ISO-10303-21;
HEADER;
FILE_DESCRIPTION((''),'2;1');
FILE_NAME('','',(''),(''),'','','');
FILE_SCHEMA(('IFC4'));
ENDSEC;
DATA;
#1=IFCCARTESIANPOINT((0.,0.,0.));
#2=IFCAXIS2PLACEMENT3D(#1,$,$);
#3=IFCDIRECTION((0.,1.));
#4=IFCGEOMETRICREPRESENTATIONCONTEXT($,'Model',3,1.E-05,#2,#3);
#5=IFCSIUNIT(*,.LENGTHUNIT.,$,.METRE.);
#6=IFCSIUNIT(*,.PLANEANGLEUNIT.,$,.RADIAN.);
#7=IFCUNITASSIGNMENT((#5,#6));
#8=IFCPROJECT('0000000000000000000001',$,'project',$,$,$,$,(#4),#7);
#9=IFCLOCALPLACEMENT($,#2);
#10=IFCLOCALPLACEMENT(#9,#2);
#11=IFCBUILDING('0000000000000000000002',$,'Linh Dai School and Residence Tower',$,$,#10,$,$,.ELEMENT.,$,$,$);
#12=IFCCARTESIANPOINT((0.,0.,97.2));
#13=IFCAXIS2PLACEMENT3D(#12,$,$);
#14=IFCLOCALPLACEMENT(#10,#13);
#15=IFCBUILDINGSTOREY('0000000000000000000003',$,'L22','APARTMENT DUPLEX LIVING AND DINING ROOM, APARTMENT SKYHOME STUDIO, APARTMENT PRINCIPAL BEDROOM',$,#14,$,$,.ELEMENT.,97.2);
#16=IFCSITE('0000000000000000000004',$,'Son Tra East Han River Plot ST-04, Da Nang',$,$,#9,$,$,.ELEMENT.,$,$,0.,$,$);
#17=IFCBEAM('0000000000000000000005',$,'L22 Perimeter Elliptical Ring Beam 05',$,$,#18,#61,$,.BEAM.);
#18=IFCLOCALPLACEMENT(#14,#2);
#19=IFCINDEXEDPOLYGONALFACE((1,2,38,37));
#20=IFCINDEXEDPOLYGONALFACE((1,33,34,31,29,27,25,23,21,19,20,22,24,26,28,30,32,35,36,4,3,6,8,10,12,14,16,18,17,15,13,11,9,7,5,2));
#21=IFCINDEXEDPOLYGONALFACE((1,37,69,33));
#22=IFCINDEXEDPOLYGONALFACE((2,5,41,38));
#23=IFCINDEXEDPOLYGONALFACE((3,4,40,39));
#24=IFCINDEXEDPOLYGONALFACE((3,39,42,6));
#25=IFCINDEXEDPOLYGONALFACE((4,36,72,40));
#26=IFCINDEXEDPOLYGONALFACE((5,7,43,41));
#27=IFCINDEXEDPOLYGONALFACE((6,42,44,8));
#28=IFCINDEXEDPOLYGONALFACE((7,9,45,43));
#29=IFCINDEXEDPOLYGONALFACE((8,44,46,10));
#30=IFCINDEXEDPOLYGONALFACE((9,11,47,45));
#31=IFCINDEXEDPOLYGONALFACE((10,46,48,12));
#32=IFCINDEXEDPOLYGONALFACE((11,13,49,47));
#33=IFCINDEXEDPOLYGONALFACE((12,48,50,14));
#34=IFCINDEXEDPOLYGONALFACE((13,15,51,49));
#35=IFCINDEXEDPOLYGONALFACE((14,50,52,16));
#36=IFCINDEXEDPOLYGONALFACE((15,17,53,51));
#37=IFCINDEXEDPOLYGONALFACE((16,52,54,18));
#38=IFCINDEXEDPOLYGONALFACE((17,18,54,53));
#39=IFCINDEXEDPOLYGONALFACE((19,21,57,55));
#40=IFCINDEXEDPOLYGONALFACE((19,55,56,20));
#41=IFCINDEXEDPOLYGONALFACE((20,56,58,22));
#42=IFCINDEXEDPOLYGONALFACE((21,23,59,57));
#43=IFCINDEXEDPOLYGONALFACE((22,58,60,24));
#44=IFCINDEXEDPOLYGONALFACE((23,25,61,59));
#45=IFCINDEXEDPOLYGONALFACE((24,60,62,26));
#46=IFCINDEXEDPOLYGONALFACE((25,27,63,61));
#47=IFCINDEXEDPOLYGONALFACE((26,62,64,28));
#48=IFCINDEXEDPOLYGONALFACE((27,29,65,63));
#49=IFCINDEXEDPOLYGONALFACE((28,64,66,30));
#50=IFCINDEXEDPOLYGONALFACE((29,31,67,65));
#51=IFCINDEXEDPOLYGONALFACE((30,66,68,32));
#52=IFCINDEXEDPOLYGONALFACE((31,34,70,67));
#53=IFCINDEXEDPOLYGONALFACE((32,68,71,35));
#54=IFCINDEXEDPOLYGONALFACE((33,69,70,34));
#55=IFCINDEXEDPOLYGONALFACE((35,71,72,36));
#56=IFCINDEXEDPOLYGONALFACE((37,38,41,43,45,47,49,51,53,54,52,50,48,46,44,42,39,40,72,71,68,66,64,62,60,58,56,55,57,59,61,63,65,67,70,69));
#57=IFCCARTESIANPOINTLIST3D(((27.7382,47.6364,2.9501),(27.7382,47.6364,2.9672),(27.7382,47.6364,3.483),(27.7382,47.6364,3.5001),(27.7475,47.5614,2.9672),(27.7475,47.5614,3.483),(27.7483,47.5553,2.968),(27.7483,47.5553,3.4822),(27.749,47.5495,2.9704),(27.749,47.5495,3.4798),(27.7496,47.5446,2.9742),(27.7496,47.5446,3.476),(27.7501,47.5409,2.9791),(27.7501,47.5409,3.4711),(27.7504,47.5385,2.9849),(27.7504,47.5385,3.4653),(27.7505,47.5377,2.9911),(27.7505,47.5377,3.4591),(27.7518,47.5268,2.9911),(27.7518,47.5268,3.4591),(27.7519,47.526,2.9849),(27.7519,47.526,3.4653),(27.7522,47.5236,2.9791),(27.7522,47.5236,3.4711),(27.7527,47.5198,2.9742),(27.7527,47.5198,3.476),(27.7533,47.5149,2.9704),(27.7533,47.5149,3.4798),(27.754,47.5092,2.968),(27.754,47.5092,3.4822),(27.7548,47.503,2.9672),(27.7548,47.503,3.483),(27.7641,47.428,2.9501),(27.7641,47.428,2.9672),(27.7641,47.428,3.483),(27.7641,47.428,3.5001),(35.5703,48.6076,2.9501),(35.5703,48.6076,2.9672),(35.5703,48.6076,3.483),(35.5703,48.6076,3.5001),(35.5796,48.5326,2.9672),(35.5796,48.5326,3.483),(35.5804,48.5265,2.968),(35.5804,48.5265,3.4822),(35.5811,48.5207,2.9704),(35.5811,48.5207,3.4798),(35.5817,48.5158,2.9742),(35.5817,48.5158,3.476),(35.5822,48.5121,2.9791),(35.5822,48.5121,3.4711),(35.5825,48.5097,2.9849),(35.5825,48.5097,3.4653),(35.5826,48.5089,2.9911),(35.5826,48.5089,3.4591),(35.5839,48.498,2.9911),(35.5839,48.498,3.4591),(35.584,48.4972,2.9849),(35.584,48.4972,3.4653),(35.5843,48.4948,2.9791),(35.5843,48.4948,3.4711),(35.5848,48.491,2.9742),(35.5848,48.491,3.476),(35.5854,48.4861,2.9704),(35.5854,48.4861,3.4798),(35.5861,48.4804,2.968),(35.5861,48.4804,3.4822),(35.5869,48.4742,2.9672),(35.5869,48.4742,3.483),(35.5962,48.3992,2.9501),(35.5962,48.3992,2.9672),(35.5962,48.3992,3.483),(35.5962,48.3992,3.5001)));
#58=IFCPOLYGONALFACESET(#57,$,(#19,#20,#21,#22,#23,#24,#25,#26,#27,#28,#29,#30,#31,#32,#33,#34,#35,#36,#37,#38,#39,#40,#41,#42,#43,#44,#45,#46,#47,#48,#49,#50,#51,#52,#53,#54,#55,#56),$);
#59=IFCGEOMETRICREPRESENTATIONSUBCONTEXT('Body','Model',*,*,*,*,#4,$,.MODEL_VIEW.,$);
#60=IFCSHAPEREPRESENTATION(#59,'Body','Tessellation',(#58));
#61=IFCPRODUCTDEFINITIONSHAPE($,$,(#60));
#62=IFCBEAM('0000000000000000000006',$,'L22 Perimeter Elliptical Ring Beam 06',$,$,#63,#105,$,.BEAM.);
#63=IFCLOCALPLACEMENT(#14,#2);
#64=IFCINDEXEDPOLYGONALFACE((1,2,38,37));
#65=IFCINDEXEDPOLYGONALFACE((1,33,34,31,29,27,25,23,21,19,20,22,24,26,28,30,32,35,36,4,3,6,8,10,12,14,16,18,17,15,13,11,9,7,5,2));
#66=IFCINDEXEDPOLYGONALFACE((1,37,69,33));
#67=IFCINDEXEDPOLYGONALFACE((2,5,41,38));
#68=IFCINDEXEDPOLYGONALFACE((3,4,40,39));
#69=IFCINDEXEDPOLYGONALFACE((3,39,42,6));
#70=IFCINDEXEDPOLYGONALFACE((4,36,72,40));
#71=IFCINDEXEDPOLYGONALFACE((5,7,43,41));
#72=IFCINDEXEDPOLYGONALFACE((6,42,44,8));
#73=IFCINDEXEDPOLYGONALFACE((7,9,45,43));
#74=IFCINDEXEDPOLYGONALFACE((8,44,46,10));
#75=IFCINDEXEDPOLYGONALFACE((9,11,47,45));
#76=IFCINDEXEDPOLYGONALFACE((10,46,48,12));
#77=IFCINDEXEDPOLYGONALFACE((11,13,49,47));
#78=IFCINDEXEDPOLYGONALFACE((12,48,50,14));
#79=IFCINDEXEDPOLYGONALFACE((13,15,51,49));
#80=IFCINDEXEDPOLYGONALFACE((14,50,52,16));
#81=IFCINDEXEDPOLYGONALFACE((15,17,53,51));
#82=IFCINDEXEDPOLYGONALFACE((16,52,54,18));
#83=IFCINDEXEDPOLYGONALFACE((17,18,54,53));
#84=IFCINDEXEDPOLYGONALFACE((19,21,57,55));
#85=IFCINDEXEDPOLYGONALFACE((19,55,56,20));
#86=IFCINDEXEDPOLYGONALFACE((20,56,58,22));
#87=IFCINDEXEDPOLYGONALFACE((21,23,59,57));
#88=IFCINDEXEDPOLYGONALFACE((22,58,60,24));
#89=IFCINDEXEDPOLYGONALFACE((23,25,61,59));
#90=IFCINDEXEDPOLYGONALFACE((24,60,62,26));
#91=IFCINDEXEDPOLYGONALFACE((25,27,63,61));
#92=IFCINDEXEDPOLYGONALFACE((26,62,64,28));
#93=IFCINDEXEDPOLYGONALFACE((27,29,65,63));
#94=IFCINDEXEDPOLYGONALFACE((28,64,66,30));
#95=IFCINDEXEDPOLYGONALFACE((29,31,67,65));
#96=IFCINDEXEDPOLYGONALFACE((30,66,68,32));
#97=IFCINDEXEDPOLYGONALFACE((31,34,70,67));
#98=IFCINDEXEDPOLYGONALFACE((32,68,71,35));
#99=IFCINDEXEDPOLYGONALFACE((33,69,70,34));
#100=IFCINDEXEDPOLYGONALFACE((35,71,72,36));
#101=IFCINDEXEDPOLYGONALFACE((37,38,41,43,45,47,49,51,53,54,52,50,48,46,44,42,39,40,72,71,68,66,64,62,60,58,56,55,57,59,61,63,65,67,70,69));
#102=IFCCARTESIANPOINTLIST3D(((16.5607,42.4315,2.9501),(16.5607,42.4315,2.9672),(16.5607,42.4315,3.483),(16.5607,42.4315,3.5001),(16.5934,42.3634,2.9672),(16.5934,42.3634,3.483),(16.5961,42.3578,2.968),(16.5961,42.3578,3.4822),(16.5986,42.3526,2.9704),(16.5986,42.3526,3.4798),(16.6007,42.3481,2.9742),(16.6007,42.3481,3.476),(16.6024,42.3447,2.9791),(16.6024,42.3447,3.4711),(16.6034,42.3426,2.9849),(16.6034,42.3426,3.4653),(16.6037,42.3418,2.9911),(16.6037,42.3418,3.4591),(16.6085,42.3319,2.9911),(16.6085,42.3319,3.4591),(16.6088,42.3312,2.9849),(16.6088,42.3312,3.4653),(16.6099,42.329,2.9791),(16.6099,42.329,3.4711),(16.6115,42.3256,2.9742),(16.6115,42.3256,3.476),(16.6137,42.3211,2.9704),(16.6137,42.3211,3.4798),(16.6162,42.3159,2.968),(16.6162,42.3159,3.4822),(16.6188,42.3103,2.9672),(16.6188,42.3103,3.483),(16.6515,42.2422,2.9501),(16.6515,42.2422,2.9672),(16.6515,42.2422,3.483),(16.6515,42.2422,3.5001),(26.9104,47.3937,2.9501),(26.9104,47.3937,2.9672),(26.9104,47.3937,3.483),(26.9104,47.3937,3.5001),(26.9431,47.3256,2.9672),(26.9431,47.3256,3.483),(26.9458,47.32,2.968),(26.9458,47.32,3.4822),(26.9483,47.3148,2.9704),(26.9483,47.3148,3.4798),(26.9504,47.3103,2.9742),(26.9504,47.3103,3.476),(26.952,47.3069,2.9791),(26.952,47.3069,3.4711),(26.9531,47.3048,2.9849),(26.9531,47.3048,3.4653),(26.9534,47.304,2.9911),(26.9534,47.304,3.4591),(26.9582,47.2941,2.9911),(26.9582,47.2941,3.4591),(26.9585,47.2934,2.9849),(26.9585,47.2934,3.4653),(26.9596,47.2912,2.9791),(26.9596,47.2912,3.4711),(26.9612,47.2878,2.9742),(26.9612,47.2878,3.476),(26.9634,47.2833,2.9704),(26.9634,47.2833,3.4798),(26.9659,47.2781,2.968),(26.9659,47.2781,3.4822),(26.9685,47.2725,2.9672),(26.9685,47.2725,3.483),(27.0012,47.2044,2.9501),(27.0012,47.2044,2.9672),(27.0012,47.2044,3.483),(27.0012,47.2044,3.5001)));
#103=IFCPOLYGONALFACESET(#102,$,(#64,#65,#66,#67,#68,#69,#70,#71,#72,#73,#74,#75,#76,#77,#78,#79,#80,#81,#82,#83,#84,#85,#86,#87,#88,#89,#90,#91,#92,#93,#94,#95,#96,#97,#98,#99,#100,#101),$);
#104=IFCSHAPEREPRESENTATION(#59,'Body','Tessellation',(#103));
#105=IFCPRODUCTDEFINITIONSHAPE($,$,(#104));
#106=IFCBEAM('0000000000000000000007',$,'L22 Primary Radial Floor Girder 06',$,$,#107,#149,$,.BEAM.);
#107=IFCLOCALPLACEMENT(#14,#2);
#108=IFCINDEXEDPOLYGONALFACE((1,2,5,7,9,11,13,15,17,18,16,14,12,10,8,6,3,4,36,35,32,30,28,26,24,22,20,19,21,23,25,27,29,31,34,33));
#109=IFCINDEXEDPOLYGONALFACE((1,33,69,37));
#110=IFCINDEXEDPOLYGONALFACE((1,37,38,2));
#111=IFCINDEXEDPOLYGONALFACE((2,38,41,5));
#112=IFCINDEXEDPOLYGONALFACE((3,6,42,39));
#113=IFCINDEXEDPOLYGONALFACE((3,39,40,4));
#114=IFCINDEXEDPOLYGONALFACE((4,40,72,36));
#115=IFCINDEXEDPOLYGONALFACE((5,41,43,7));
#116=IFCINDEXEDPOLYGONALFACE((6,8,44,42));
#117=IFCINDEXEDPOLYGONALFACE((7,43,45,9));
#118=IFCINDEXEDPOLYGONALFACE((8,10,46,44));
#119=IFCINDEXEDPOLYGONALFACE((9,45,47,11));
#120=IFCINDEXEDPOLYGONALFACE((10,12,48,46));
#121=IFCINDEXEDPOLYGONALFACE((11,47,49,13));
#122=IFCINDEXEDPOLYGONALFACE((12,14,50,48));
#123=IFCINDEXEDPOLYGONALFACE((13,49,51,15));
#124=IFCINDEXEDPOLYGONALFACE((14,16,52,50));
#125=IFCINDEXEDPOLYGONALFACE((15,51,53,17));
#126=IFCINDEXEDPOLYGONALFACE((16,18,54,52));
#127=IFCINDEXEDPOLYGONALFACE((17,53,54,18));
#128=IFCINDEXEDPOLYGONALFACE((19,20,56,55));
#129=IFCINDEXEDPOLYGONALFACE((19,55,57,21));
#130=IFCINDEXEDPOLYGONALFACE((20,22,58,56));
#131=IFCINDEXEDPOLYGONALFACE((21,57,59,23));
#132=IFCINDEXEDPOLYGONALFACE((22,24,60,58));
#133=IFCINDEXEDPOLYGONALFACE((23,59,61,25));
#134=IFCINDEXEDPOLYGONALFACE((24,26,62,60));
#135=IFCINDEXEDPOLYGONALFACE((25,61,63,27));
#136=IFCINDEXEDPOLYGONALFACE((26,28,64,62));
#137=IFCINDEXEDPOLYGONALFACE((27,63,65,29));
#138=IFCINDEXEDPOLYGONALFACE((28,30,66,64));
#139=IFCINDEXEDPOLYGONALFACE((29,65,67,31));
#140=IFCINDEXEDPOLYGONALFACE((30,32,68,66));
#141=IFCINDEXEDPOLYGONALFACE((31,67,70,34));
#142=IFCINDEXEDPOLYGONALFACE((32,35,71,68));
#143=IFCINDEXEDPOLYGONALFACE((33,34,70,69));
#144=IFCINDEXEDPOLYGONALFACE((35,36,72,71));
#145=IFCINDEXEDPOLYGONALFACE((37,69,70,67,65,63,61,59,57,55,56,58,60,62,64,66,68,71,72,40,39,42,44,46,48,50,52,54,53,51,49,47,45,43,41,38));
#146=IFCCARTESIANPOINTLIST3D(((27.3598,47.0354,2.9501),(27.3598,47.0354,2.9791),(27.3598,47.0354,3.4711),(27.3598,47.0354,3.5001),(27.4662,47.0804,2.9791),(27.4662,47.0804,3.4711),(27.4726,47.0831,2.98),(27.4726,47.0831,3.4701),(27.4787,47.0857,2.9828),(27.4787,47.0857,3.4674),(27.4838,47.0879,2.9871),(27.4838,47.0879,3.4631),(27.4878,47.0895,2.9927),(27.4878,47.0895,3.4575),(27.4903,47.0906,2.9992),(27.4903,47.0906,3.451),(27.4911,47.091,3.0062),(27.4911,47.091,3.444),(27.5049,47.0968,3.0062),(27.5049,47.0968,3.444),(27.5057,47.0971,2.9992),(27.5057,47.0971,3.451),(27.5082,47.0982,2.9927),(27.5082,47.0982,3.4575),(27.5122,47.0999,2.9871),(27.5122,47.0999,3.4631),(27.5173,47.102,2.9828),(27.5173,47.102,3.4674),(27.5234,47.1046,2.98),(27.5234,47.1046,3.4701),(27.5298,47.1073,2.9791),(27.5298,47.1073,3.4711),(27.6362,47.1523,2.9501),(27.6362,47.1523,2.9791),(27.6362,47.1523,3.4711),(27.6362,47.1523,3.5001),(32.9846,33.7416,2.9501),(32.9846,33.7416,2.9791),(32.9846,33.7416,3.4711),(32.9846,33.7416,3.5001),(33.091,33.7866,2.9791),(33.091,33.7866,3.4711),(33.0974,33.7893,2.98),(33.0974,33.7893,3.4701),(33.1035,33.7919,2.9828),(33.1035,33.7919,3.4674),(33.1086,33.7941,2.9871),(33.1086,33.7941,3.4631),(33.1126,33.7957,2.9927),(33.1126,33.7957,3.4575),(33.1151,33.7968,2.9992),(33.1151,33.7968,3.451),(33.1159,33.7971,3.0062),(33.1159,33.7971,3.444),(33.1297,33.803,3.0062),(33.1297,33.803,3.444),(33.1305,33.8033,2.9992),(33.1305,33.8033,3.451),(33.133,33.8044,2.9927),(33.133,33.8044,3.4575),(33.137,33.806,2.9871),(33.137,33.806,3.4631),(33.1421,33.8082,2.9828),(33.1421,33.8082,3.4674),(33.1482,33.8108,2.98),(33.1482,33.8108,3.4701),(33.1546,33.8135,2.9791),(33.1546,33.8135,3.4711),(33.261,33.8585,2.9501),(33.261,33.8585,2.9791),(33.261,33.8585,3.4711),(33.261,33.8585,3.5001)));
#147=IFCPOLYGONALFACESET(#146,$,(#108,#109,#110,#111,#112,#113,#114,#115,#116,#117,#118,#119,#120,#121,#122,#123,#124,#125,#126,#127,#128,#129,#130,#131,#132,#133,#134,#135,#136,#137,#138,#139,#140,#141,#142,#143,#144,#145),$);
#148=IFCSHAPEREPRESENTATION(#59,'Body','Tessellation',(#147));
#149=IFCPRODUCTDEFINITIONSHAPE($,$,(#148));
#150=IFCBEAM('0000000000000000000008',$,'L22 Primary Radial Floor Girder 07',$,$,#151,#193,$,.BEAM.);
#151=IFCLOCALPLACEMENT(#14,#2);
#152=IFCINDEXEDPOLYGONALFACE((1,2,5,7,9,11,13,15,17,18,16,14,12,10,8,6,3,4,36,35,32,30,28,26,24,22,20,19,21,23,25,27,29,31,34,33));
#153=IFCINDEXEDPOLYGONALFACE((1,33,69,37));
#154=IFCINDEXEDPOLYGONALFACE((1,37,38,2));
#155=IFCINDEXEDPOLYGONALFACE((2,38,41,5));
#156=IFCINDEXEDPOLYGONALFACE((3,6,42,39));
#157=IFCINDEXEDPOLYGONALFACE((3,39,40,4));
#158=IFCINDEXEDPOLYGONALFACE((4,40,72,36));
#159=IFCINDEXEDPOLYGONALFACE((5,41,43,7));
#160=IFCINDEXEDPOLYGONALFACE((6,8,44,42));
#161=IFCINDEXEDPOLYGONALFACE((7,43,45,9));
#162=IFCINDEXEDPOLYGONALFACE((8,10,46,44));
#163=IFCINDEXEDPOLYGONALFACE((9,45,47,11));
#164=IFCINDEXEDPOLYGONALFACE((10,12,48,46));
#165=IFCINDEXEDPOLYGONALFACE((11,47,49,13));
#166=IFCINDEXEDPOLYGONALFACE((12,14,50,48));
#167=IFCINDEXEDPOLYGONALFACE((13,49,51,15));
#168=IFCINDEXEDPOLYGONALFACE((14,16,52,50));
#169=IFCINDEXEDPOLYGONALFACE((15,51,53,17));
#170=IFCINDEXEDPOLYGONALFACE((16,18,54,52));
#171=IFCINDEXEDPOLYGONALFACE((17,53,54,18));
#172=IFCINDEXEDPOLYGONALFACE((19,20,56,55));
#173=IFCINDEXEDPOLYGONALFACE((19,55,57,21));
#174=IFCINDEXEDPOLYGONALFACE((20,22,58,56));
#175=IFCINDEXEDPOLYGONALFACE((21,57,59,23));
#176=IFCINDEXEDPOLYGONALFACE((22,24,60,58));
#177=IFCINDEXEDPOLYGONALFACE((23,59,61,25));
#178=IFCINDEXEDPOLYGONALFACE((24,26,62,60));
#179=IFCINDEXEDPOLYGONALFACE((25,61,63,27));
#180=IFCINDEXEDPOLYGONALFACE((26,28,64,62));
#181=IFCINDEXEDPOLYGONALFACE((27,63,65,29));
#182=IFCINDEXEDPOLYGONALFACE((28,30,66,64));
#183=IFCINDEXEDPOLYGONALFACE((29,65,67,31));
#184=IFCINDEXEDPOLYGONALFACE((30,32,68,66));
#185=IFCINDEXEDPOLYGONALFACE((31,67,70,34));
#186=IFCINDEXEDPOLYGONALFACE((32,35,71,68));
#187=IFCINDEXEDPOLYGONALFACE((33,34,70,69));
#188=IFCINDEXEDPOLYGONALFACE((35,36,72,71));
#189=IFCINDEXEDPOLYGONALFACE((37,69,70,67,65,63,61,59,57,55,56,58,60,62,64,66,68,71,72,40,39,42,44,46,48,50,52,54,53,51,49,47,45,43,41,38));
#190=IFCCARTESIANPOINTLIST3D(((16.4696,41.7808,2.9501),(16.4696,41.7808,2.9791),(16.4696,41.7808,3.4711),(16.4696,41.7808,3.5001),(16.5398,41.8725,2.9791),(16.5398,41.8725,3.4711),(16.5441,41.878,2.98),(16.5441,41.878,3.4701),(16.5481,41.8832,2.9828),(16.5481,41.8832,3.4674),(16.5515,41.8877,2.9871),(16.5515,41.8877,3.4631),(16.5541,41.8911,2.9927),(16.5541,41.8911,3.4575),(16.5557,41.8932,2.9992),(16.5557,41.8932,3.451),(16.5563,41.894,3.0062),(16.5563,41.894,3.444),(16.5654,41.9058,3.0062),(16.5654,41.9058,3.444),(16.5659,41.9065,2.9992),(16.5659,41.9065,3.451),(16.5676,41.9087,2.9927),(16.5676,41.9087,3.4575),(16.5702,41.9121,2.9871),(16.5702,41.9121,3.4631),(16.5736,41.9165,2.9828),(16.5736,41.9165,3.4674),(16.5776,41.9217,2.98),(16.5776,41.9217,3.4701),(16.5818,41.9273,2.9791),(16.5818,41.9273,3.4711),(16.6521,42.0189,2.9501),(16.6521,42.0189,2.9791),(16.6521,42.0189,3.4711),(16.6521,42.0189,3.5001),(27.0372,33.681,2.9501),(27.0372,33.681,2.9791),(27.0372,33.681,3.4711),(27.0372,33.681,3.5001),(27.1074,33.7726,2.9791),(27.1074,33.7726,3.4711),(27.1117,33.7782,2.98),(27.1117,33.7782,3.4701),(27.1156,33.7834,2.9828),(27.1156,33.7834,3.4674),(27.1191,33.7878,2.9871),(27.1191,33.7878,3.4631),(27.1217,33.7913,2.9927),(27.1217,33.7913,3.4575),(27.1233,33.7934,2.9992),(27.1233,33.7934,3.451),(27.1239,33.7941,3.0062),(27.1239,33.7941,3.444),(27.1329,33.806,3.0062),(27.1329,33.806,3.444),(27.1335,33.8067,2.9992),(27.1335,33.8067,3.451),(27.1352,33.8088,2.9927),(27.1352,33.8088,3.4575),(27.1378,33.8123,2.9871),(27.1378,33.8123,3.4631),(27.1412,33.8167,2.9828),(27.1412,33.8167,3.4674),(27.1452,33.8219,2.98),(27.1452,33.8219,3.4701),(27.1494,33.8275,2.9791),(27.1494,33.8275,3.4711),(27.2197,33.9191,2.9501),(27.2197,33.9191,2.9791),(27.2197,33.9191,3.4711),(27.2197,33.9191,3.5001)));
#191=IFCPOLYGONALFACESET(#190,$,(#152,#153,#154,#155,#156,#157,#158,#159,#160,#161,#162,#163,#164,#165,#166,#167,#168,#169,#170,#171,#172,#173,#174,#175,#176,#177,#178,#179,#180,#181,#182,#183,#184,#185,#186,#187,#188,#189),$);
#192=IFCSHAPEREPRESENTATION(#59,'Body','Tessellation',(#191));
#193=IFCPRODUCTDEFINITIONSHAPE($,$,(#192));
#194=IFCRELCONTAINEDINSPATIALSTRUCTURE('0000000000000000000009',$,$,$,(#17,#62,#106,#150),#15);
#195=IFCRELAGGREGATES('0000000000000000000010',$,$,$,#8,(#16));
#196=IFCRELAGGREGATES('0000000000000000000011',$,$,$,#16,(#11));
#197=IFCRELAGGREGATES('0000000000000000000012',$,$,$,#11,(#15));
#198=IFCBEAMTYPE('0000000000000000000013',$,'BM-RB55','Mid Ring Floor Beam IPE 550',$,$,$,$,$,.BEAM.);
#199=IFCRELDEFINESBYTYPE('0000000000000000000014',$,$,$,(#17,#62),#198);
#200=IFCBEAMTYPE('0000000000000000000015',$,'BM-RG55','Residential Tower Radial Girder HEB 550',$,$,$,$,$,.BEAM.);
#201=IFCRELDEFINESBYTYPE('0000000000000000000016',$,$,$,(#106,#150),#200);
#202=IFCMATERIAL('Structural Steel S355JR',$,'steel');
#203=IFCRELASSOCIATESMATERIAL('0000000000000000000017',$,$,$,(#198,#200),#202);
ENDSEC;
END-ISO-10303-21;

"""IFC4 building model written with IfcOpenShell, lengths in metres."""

from ifc_helpers import new_model, si_unit, direction, frame, origin, origin_2d, place, context, subcontext, project, spatial, i_section, extrude, material, material_profile, profile_set, type_object, element, save


model = new_model("IFC4")

# Units and contexts
model_context = context("Model", 3, precision=1e-05, world=origin(), true_north=direction((0.0, 1.0)))
body_context = subcontext(model_context, "Body", "Model", "MODEL_VIEW")
ifc_project = project(units=[si_unit("LENGTHUNIT", "METRE"), si_unit("PLANEANGLEUNIT", "RADIAN")], contexts=[model_context])

# Site, building, storey
site_placement = place(None, origin())
site = spatial("IfcSite", under=ifc_project, at=site_placement, Name="Son Tra East Han River Plot ST-04, Da Nang", CompositionType="ELEMENT", RefElevation=0.0)
building_placement = place(site_placement, origin())
building = spatial("IfcBuilding", under=site, at=building_placement, Name="Linh Dai School and Residence Tower", CompositionType="ELEMENT")
storey_placement = place(building_placement, frame((0.0, 0.0, 97.2)))
storey = spatial("IfcBuildingStorey", under=building, at=storey_placement, Name="L22", Description="APARTMENT DUPLEX LIVING AND DINING ROOM, APARTMENT SKYHOME STUDIO, APARTMENT PRINCIPAL BEDROOM", CompositionType="ELEMENT", Elevation=97.2)

# Shared definitions
ifc_material_1 = material(Name="Structural Steel S355JR", Category="steel")

# Beams
ifc_material_profile_1 = material_profile(ifc_material_1, i_section(OverallWidth=0.21, OverallDepth=0.55, WebThickness=0.011, FlangeThickness=0.0171, FilletRadius=0.0239, at=origin_2d()), Name="IPE 550")
ifc_profile_set_1 = profile_set([ifc_material_profile_1], Name="Structural Steel S355JR")
beam_type_1 = type_object("IfcBeamType", Name="BM-RB55", Description="Mid Ring Floor Beam IPE 550", PredefinedType="BEAM", material=ifc_profile_set_1)
beam_1_placement = place(storey_placement, frame((35.5833, 48.5034, 3.2251), z_axis=(-0.992399, -0.12306, 0.0), x_axis=(0.12306, -0.992399, 0.0)))
element("IfcBeam", 1, at=beam_1_placement, inside=storey, type_object=beam_type_1, Name="L22 Perimeter Elliptical Ring Beam 05", PredefinedType="BEAM", context=body_context, shape_type="SweptSolid", body=[
    extrude(i_section(OverallWidth=0.21, OverallDepth=0.55, WebThickness=0.011, FlangeThickness=0.0171, FilletRadius=0.0239, at=origin_2d()), origin(), (0.0, 0.0, 1.0), 7.8921),
])
beam_2_placement = place(storey_placement, frame((26.9558, 47.2991, 3.2251), z_axis=(-0.901715, -0.432331, 0.0), x_axis=(0.432331, -0.901715, 0.0)))
element("IfcBeam", 2, at=beam_2_placement, inside=storey, type_object=beam_type_1, Name="L22 Perimeter Elliptical Ring Beam 06", PredefinedType="BEAM", context=body_context, shape_type="SweptSolid", body=[
    extrude(i_section(OverallWidth=0.21, OverallDepth=0.55, WebThickness=0.011, FlangeThickness=0.0171, FilletRadius=0.0239, at=origin_2d()), origin(), (0.0, 0.0, 1.0), 11.4778),
])
ifc_material_profile_2 = material_profile(ifc_material_1, i_section(OverallWidth=0.3, OverallDepth=0.55, WebThickness=0.0149, FlangeThickness=0.0291, FilletRadius=0.0271, at=origin_2d()), Name="HEB 550")
ifc_profile_set_2 = profile_set([ifc_material_profile_2], Name="Structural Steel S355JR")
beam_type_2 = type_object("IfcBeamType", Name="BM-RG55", Description="Residential Tower Radial Girder HEB 550", PredefinedType="BEAM", material=ifc_profile_set_2)
beam_3_placement = place(storey_placement, frame((33.1228, 33.8, 3.2251), z_axis=(-0.389669, 0.920955, 0.0), x_axis=(-0.920955, -0.389669, 0.0)))
element("IfcBeam", 3, at=beam_3_placement, inside=storey, type_object=beam_type_2, Name="L22 Primary Radial Floor Girder 06", PredefinedType="BEAM", context=body_context, shape_type="SweptSolid", body=[
    extrude(i_section(OverallWidth=0.3, OverallDepth=0.55, WebThickness=0.0149, FlangeThickness=0.0291, FilletRadius=0.0271, at=origin_2d()), origin(), (0.0, 0.0, 1.0), 14.4348),
])
beam_4_placement = place(storey_placement, frame((27.1284, 33.8, 3.2251), z_axis=(-0.793679, 0.608337, 0.0), x_axis=(-0.608337, -0.793679, 0.0)))
element("IfcBeam", 4, at=beam_4_placement, inside=storey, type_object=beam_type_2, Name="L22 Primary Radial Floor Girder 07", PredefinedType="BEAM", context=body_context, shape_type="SweptSolid", body=[
    extrude(i_section(OverallWidth=0.3, OverallDepth=0.55, WebThickness=0.0149, FlangeThickness=0.0291, FilletRadius=0.0271, at=origin_2d()), origin(), (0.0, 0.0, 1.0), 13.3147),
])

save(model, "model.ifc")
